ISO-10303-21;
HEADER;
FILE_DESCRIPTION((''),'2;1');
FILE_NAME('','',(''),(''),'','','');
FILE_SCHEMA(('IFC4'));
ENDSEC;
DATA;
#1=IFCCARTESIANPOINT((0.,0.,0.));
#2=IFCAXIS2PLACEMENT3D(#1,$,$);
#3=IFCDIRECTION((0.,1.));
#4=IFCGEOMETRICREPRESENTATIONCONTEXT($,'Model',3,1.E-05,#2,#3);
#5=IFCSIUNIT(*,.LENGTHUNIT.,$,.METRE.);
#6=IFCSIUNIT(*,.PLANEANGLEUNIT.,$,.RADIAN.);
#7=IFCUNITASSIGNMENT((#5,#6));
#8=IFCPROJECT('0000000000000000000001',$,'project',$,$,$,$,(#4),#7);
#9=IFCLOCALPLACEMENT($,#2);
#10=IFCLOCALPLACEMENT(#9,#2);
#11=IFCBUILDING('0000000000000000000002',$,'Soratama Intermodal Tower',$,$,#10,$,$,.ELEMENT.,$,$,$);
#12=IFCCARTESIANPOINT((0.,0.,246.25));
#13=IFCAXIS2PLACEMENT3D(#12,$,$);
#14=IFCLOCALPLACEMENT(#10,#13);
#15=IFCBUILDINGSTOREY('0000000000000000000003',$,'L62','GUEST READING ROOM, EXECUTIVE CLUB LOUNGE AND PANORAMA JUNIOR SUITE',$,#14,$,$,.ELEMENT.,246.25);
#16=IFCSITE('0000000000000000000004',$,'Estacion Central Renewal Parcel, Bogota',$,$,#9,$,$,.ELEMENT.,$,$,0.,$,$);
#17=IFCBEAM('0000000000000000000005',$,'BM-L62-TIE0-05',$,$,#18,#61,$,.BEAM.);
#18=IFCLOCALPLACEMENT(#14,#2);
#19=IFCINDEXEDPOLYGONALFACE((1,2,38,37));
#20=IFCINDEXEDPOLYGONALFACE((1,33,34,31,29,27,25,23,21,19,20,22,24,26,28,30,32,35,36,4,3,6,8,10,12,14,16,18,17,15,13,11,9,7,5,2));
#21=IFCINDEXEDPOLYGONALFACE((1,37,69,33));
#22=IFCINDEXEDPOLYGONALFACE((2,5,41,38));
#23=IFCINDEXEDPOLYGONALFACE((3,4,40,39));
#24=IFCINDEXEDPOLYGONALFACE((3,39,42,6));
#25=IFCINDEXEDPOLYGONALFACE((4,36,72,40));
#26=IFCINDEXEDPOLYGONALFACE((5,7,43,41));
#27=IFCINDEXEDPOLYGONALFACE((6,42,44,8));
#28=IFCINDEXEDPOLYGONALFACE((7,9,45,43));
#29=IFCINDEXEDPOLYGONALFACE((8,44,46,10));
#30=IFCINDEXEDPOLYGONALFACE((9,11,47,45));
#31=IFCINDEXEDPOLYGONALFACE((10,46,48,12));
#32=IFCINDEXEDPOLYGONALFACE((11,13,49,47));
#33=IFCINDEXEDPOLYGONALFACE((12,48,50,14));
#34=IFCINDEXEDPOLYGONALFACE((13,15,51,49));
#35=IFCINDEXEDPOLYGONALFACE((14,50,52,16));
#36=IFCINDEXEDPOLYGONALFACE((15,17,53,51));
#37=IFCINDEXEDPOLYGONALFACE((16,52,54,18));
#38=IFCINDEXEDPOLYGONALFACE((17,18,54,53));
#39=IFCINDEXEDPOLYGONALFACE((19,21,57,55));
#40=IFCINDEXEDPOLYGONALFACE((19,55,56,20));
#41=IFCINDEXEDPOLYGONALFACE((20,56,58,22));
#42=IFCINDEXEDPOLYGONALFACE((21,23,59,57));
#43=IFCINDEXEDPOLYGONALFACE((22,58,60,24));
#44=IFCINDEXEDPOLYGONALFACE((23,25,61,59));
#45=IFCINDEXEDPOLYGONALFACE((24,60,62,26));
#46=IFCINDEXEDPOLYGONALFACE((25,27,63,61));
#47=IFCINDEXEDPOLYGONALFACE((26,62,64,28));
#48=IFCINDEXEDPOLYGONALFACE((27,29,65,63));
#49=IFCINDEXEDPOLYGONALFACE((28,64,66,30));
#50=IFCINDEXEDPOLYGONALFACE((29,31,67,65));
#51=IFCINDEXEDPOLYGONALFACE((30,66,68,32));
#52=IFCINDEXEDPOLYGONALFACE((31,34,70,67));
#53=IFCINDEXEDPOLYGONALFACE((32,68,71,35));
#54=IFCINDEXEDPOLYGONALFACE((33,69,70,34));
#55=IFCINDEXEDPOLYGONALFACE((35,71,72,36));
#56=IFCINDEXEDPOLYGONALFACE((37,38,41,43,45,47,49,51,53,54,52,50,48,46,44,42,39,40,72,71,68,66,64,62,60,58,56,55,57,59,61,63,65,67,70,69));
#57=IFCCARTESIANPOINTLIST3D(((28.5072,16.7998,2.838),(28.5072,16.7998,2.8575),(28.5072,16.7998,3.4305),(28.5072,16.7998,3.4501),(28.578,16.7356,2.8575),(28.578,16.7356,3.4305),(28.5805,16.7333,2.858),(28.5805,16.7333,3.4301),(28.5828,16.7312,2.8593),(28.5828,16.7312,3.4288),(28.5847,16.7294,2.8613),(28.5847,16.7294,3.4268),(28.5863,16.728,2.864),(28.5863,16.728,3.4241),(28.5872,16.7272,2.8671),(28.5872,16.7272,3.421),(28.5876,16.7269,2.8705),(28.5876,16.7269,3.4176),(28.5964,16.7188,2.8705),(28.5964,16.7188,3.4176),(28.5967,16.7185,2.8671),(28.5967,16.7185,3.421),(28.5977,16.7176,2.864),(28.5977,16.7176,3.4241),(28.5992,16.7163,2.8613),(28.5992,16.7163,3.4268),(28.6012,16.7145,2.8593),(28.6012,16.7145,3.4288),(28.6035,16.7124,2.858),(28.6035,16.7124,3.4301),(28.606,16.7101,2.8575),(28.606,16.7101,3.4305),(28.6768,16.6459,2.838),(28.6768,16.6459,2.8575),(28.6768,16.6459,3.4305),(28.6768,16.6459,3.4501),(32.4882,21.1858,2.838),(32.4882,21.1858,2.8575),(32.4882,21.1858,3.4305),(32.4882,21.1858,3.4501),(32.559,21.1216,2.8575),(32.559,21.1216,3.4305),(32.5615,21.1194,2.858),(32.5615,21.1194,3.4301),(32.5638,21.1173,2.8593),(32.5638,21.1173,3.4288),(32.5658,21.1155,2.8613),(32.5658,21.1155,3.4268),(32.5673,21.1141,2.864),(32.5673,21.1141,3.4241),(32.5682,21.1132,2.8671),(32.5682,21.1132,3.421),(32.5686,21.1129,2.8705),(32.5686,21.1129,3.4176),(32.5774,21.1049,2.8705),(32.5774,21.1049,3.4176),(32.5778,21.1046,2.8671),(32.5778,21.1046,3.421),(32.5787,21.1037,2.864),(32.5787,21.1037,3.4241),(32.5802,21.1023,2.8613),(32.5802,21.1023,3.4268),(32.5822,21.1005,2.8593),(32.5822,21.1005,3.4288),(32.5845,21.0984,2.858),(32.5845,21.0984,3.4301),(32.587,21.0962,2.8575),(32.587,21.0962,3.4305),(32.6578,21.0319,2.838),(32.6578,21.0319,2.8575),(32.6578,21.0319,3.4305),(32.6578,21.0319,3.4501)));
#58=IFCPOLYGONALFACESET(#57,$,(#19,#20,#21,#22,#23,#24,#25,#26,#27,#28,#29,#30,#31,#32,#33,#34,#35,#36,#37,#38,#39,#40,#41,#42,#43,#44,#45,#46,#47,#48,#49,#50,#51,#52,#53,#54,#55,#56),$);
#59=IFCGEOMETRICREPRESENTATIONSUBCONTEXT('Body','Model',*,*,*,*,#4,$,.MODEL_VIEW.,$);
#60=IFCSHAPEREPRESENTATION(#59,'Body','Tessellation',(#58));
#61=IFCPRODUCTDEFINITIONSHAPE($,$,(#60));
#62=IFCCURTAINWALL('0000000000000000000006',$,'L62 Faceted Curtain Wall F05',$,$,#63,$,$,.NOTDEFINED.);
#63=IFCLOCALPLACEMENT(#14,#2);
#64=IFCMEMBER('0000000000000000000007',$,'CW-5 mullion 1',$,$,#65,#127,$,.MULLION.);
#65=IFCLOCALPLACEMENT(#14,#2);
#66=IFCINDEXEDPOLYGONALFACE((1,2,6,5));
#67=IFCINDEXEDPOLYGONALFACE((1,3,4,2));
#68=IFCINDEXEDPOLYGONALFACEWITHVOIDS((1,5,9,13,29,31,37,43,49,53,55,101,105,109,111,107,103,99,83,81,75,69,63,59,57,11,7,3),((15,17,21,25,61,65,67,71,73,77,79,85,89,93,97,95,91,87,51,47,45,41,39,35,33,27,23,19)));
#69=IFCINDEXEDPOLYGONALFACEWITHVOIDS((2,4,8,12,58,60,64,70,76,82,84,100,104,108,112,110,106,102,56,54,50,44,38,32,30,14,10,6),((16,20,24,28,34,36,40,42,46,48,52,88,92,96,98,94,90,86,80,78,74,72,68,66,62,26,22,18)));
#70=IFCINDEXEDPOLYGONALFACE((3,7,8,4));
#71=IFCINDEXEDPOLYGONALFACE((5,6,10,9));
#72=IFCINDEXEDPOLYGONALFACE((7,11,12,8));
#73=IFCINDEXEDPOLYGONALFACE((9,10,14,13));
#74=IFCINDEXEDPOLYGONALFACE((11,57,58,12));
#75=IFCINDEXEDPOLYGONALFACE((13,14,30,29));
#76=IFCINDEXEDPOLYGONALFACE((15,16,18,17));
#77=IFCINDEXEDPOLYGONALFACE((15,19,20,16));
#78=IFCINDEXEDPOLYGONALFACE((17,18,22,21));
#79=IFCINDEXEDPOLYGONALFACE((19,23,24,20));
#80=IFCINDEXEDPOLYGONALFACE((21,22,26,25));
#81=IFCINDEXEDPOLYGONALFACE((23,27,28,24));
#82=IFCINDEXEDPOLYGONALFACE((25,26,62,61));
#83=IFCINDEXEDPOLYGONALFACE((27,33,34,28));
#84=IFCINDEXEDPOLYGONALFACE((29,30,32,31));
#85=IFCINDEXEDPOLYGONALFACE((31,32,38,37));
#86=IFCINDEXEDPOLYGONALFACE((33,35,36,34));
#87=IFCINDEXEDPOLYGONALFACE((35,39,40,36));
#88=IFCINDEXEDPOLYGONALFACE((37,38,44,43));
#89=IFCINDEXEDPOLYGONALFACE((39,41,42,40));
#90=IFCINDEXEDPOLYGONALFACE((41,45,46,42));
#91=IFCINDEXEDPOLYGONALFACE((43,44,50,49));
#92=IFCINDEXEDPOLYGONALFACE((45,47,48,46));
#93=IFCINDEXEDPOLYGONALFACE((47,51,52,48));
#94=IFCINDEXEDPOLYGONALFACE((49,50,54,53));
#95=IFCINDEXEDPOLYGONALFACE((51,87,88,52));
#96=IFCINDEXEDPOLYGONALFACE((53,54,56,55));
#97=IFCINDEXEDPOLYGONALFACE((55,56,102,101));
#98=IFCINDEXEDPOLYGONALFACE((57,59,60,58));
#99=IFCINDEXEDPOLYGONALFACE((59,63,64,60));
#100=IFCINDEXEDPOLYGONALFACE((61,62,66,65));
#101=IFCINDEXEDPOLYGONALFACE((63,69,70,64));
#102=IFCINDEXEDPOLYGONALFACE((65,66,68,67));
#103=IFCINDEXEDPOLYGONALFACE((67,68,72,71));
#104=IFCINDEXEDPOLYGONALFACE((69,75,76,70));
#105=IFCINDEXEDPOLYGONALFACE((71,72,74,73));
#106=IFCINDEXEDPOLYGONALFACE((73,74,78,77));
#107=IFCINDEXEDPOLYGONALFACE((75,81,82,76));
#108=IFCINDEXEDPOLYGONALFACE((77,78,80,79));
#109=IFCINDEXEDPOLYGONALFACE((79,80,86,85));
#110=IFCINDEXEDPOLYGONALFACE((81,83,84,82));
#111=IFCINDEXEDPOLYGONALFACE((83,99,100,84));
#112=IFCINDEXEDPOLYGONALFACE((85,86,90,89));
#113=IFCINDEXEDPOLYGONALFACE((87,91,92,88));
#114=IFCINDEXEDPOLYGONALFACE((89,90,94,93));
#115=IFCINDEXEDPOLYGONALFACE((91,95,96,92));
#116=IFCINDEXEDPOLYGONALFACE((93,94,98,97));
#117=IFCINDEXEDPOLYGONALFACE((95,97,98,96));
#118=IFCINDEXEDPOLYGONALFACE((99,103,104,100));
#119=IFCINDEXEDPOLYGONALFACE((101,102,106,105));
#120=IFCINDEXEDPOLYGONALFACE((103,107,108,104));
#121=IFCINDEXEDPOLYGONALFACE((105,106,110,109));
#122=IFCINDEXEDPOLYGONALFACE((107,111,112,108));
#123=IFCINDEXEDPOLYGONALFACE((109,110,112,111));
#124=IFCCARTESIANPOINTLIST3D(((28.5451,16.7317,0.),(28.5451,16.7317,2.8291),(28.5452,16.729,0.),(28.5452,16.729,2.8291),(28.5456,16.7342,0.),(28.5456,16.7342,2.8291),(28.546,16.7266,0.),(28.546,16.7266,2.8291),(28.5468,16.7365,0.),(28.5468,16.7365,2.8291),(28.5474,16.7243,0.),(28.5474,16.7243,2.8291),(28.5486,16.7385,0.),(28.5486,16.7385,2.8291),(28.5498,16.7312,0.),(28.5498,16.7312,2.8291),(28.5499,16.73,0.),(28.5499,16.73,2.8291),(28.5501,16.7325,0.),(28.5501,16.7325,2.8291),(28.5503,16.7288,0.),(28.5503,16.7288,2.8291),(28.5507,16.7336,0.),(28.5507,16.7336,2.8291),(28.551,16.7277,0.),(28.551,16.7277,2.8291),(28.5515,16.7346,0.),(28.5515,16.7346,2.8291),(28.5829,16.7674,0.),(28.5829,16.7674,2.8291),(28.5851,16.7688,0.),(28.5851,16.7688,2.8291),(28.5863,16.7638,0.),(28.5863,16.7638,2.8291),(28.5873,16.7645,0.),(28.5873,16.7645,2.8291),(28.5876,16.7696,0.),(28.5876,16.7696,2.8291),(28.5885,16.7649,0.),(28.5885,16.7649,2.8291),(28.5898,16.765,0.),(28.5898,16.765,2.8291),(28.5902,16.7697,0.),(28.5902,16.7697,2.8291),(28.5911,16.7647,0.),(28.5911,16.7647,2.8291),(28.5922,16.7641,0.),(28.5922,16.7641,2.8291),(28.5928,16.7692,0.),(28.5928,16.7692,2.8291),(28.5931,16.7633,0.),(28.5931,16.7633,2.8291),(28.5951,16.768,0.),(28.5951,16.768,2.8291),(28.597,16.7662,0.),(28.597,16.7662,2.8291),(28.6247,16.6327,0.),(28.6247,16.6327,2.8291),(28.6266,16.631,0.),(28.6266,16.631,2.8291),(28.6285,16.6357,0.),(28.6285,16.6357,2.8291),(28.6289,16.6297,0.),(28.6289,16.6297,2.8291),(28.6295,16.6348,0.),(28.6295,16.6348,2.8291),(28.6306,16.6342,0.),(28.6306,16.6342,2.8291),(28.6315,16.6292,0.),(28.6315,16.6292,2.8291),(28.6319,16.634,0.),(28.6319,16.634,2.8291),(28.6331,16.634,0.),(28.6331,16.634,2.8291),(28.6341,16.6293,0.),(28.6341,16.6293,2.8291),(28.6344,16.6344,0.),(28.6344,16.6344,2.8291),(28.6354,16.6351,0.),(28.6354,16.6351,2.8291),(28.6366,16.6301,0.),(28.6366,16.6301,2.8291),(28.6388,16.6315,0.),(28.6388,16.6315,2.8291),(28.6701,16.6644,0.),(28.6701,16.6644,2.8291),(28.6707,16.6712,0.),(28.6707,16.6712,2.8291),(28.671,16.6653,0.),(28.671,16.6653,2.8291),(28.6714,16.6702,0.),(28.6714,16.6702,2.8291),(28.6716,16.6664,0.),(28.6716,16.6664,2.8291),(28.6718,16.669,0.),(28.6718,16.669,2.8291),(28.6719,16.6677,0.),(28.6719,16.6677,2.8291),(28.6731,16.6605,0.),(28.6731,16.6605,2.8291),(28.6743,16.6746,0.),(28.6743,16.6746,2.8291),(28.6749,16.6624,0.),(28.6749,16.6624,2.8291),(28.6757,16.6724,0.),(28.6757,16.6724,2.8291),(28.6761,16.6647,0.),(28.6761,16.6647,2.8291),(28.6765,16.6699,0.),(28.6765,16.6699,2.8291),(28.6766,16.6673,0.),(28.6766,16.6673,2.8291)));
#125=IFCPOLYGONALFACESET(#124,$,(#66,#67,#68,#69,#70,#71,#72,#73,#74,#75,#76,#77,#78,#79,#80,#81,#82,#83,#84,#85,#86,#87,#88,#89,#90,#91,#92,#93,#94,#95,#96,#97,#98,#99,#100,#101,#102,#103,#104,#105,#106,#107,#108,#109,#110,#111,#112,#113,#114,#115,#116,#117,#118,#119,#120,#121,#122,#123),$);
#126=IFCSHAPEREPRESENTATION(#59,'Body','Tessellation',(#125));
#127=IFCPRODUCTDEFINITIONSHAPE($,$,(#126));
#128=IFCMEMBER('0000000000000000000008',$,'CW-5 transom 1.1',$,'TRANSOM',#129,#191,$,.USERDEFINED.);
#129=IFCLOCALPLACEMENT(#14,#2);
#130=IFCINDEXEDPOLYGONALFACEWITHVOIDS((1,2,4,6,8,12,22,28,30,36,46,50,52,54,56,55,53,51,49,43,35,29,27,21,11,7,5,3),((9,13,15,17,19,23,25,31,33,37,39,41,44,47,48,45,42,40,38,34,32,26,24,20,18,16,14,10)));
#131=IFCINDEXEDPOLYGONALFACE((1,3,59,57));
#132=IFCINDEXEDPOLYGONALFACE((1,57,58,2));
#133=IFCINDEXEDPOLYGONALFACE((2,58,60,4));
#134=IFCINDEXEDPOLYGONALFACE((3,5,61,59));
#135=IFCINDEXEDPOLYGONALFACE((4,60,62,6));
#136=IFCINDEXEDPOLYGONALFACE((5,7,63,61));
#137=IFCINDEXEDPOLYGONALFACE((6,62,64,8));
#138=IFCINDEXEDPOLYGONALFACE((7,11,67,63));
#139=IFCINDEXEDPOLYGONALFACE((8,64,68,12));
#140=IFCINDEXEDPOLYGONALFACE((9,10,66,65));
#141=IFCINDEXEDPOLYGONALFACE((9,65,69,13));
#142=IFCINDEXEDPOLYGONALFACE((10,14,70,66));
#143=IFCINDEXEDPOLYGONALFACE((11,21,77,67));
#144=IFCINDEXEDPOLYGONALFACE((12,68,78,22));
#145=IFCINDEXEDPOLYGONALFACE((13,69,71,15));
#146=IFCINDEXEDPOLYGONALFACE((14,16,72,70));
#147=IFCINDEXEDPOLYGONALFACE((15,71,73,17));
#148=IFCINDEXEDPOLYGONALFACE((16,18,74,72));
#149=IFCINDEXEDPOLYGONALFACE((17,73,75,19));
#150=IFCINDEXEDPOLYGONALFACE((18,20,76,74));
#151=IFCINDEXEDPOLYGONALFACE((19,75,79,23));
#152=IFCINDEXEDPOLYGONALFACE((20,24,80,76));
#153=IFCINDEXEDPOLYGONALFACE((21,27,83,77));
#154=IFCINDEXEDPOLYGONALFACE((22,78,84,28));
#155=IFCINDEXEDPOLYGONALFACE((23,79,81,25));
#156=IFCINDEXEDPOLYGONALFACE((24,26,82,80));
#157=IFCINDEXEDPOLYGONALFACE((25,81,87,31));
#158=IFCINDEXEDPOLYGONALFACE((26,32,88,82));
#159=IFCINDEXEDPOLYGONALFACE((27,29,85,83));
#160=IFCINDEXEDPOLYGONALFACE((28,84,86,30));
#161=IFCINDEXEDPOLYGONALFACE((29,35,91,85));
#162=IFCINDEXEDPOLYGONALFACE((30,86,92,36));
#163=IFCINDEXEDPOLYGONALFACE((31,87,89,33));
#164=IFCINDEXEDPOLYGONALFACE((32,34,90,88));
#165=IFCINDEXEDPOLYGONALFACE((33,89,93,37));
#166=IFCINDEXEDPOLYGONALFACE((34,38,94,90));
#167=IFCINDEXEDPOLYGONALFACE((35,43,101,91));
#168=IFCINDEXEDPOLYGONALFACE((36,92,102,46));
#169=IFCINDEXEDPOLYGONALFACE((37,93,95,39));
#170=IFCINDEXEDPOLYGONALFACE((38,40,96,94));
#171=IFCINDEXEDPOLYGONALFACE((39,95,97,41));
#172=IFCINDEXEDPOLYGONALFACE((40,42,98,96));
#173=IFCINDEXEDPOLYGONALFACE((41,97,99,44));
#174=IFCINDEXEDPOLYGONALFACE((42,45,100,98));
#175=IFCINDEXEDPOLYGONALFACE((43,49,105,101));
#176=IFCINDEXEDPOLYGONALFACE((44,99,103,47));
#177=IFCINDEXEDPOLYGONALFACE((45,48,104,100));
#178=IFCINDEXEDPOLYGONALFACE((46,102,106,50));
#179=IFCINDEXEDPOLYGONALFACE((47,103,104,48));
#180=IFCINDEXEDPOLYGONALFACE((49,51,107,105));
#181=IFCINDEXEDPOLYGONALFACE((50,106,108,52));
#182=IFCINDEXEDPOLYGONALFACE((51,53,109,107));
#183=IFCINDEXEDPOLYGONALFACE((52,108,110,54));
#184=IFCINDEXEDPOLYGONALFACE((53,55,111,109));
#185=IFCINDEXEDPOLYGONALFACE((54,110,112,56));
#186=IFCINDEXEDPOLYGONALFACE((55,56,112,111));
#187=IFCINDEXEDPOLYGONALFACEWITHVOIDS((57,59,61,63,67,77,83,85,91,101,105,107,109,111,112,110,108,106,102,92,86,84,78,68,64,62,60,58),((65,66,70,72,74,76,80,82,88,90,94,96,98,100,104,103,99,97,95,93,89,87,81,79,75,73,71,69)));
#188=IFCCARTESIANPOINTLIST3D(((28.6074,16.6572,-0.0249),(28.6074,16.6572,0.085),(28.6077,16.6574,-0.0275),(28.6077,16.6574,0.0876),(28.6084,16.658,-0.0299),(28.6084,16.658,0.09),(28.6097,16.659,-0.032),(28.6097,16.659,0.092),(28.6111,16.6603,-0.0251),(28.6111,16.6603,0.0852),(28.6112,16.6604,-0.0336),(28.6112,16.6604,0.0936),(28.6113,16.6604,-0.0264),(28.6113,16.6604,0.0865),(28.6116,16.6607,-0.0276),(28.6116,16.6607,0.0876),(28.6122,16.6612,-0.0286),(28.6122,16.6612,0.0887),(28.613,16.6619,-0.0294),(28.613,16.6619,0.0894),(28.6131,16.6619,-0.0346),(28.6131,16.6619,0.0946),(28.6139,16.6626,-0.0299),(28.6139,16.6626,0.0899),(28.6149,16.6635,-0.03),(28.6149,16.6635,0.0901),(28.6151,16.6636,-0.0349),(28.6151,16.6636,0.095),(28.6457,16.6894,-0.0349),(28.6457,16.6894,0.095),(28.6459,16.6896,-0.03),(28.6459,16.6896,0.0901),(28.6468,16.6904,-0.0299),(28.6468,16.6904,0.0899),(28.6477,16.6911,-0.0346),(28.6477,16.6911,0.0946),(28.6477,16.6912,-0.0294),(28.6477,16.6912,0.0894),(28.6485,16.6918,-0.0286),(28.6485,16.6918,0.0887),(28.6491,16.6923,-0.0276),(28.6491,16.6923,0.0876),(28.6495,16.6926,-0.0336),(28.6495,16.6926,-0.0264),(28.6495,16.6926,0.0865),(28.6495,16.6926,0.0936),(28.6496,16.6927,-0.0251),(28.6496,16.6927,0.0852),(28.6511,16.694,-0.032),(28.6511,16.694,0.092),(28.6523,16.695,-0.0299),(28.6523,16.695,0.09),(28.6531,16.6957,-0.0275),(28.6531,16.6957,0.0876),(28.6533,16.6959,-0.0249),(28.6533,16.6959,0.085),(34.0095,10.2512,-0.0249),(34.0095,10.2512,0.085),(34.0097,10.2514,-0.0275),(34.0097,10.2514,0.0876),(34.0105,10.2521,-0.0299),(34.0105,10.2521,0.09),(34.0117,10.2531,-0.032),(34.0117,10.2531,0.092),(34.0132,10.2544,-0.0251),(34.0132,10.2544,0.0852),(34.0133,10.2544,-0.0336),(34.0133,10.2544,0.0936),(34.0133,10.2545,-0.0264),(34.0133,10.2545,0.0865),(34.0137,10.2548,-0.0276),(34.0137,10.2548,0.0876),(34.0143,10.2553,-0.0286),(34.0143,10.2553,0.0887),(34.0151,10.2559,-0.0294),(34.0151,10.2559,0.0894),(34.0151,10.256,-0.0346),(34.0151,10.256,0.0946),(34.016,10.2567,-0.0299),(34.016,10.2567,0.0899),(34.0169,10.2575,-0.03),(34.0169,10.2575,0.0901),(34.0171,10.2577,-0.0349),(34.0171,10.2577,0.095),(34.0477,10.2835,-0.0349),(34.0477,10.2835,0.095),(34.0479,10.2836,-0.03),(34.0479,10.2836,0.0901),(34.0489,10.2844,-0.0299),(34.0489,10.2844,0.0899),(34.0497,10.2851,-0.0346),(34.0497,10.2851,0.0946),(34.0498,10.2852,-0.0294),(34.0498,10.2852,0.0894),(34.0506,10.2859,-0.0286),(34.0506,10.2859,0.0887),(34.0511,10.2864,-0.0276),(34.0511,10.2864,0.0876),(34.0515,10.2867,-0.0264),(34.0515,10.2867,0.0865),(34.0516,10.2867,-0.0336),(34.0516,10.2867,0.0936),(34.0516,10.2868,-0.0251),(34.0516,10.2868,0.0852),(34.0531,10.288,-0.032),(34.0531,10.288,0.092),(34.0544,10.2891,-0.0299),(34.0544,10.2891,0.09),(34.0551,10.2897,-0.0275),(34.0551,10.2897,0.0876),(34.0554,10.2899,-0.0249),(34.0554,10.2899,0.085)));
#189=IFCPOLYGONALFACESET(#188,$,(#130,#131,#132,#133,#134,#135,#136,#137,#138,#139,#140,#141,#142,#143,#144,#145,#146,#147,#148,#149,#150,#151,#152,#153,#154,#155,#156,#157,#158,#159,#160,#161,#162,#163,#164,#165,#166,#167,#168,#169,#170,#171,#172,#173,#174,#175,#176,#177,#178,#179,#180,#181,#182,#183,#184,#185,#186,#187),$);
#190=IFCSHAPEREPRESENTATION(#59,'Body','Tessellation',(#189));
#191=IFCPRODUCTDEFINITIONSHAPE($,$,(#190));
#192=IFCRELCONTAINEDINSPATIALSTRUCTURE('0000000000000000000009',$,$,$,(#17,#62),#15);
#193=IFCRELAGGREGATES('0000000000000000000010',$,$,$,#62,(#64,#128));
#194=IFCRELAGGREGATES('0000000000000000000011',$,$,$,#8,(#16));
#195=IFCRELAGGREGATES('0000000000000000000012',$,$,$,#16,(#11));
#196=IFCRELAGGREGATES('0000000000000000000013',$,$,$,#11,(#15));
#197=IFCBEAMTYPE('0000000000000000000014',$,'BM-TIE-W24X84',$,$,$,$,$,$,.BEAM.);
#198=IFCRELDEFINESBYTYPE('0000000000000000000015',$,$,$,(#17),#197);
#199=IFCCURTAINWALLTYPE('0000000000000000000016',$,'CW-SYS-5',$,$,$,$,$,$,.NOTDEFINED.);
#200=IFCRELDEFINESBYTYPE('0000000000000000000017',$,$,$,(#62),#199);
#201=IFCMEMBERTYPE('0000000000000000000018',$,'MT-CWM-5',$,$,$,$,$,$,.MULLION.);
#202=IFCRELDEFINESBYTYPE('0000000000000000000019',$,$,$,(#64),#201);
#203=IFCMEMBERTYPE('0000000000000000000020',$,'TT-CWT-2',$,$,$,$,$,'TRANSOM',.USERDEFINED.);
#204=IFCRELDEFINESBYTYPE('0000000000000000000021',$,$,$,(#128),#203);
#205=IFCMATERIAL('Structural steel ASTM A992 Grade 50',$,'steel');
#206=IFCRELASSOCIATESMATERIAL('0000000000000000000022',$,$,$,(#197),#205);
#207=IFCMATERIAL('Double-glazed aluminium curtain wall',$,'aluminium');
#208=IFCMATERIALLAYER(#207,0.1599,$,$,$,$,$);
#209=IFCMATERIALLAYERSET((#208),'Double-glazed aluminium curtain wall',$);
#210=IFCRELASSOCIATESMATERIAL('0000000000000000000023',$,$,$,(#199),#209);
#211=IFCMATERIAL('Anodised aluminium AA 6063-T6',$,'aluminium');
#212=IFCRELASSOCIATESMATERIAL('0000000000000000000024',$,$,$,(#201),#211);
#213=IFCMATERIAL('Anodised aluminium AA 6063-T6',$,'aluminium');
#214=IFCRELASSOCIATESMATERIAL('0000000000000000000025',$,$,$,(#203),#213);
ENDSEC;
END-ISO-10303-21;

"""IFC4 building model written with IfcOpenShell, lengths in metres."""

from ifc_helpers import new_model, si_unit, direction, frame, origin, origin_2d, place, context, subcontext, project, spatial, hollow_rectangle, i_section, extrude, material, layer, layer_set, material_profile, profile_set, type_object, element, aggregate, save


model = new_model("IFC4")

# Units and contexts
model_context = context("Model", 3, precision=1e-05, world=origin(), true_north=direction((0.0, 1.0)))
body_context = subcontext(model_context, "Body", "Model", "MODEL_VIEW")
ifc_project = project(units=[si_unit("LENGTHUNIT", "METRE"), si_unit("PLANEANGLEUNIT", "RADIAN")], contexts=[model_context])

# Site, building, storey
site_placement = place(None, origin())
site = spatial("IfcSite", under=ifc_project, at=site_placement, Name="Estacion Central Renewal Parcel, Bogota", CompositionType="ELEMENT", RefElevation=0.0)
building_placement = place(site_placement, origin())
building = spatial("IfcBuilding", under=site, at=building_placement, Name="Soratama Intermodal Tower", CompositionType="ELEMENT")
storey_placement = place(building_placement, frame((0.0, 0.0, 246.25)))
storey = spatial("IfcBuildingStorey", under=building, at=storey_placement, Name="L62", Description="GUEST READING ROOM, EXECUTIVE CLUB LOUNGE AND PANORAMA JUNIOR SUITE", CompositionType="ELEMENT", Elevation=246.25)

# Beam
ifc_material_1 = material(Name="Structural steel ASTM A992 Grade 50", Category="steel")
ifc_material_profile_1 = material_profile(ifc_material_1, i_section(OverallWidth=0.229, OverallDepth=0.6121, WebThickness=0.012, FlangeThickness=0.0195, FilletRadius=0.0129, at=origin_2d()), Name="W24X84")
ifc_profile_set_1 = profile_set([ifc_material_profile_1], Name="Structural steel ASTM A992 Grade 50")
beam_type_1 = type_object("IfcBeamType", Name="BM-TIE-W24X84", PredefinedType="BEAM", material=ifc_profile_set_1)
beam_1_placement = place(storey_placement, frame((32.573, 21.1089, 3.144), z_axis=(-0.67209, -0.74047, 0.0), x_axis=(0.74047, -0.67209, 0.0)))
element("IfcBeam", 1, at=beam_1_placement, inside=storey, type_object=beam_type_1, Name="BM-L62-TIE0-05", PredefinedType="BEAM", context=body_context, shape_type="SweptSolid", body=[
    extrude(i_section(OverallWidth=0.229, OverallDepth=0.6121, WebThickness=0.012, FlangeThickness=0.0195, FilletRadius=0.0129, at=origin_2d()), origin(), (0.0, 0.0, 1.0), 5.9233),
])

# Curtain wall, members
ifc_material_2 = material(Name="Double-glazed aluminium curtain wall", Category="aluminium")
ifc_layer_1 = layer(ifc_material_2, 0.1599)
ifc_layer_set_1 = layer_set([ifc_layer_1], Name="Double-glazed aluminium curtain wall")
curtain_wall_type = type_object("IfcCurtainWallType", Name="CW-SYS-5", PredefinedType="NOTDEFINED", material=ifc_layer_set_1)
curtain_wall_placement = place(storey_placement, origin())
curtain_wall = element("IfcCurtainWall", 2, at=curtain_wall_placement, inside=storey, type_object=curtain_wall_type, Name="L62 Faceted Curtain Wall F05", PredefinedType="NOTDEFINED")
ifc_material_3 = material(Name="Anodised aluminium AA 6063-T6", Category="aluminium")
ifc_material_profile_2 = material_profile(ifc_material_3, hollow_rectangle(XDim=0.0649, YDim=0.1399, WallThickness=0.0049, InnerFilletRadius=0.0049, OuterFilletRadius=0.01, at=origin_2d()), Name="CWM140X65X5")
ifc_profile_set_2 = profile_set([ifc_material_profile_2], Name="Anodised aluminium AA 6063-T6")
member_type_1 = type_object("IfcMemberType", Name="MT-CWM-5", PredefinedType="MULLION", material=ifc_profile_set_2)
member_1_placement = place(storey_placement, frame((28.6108, 16.6995, 0.0), z_axis=(0.0, 0.0, 1.0), x_axis=(0.764467, 0.644663, 0.0)))
member_1 = element("IfcMember", 3, at=member_1_placement, type_object=member_type_1, Name="CW-5 mullion 1", PredefinedType="MULLION", context=body_context, shape_type="SweptSolid", body=[
    extrude(hollow_rectangle(XDim=0.0649, YDim=0.1399, WallThickness=0.0049, InnerFilletRadius=0.0049, OuterFilletRadius=0.01, at=origin_2d()), origin(), (0.0, 0.0, 1.0), 2.8291),
])
ifc_material_4 = material(Name="Anodised aluminium AA 6063-T6", Category="aluminium")
ifc_material_profile_3 = material_profile(ifc_material_4, hollow_rectangle(XDim=0.0601, YDim=0.1299, WallThickness=0.0049, InnerFilletRadius=0.0049, OuterFilletRadius=0.01, at=origin_2d()), Name="CWT130X60X5")
ifc_profile_set_3 = profile_set([ifc_material_profile_3], Name="Anodised aluminium AA 6063-T6")
member_type_2 = type_object("IfcMemberType", Name="TT-CWT-2", ElementType="TRANSOM", PredefinedType="USERDEFINED", material=ifc_profile_set_3)
member_2_placement = place(storey_placement, frame((28.6304, 16.6765, 0.03), z_axis=(0.644664, -0.764466, 0.0), x_axis=(0.764466, 0.644664, 0.0)))
member_2 = element("IfcMember", 4, at=member_2_placement, type_object=member_type_2, Name="CW-5 transom 1.1", ObjectType="TRANSOM", PredefinedType="USERDEFINED", context=body_context, shape_type="SweptSolid", body=[
    extrude(hollow_rectangle(XDim=0.0601, YDim=0.1299, WallThickness=0.0049, InnerFilletRadius=0.0049, OuterFilletRadius=0.01, at=origin_2d()), origin(), (0.0, 0.0, 1.0), 8.3796),
])
aggregate(curtain_wall, [member_1, member_2])

save(model, "model.ifc")
